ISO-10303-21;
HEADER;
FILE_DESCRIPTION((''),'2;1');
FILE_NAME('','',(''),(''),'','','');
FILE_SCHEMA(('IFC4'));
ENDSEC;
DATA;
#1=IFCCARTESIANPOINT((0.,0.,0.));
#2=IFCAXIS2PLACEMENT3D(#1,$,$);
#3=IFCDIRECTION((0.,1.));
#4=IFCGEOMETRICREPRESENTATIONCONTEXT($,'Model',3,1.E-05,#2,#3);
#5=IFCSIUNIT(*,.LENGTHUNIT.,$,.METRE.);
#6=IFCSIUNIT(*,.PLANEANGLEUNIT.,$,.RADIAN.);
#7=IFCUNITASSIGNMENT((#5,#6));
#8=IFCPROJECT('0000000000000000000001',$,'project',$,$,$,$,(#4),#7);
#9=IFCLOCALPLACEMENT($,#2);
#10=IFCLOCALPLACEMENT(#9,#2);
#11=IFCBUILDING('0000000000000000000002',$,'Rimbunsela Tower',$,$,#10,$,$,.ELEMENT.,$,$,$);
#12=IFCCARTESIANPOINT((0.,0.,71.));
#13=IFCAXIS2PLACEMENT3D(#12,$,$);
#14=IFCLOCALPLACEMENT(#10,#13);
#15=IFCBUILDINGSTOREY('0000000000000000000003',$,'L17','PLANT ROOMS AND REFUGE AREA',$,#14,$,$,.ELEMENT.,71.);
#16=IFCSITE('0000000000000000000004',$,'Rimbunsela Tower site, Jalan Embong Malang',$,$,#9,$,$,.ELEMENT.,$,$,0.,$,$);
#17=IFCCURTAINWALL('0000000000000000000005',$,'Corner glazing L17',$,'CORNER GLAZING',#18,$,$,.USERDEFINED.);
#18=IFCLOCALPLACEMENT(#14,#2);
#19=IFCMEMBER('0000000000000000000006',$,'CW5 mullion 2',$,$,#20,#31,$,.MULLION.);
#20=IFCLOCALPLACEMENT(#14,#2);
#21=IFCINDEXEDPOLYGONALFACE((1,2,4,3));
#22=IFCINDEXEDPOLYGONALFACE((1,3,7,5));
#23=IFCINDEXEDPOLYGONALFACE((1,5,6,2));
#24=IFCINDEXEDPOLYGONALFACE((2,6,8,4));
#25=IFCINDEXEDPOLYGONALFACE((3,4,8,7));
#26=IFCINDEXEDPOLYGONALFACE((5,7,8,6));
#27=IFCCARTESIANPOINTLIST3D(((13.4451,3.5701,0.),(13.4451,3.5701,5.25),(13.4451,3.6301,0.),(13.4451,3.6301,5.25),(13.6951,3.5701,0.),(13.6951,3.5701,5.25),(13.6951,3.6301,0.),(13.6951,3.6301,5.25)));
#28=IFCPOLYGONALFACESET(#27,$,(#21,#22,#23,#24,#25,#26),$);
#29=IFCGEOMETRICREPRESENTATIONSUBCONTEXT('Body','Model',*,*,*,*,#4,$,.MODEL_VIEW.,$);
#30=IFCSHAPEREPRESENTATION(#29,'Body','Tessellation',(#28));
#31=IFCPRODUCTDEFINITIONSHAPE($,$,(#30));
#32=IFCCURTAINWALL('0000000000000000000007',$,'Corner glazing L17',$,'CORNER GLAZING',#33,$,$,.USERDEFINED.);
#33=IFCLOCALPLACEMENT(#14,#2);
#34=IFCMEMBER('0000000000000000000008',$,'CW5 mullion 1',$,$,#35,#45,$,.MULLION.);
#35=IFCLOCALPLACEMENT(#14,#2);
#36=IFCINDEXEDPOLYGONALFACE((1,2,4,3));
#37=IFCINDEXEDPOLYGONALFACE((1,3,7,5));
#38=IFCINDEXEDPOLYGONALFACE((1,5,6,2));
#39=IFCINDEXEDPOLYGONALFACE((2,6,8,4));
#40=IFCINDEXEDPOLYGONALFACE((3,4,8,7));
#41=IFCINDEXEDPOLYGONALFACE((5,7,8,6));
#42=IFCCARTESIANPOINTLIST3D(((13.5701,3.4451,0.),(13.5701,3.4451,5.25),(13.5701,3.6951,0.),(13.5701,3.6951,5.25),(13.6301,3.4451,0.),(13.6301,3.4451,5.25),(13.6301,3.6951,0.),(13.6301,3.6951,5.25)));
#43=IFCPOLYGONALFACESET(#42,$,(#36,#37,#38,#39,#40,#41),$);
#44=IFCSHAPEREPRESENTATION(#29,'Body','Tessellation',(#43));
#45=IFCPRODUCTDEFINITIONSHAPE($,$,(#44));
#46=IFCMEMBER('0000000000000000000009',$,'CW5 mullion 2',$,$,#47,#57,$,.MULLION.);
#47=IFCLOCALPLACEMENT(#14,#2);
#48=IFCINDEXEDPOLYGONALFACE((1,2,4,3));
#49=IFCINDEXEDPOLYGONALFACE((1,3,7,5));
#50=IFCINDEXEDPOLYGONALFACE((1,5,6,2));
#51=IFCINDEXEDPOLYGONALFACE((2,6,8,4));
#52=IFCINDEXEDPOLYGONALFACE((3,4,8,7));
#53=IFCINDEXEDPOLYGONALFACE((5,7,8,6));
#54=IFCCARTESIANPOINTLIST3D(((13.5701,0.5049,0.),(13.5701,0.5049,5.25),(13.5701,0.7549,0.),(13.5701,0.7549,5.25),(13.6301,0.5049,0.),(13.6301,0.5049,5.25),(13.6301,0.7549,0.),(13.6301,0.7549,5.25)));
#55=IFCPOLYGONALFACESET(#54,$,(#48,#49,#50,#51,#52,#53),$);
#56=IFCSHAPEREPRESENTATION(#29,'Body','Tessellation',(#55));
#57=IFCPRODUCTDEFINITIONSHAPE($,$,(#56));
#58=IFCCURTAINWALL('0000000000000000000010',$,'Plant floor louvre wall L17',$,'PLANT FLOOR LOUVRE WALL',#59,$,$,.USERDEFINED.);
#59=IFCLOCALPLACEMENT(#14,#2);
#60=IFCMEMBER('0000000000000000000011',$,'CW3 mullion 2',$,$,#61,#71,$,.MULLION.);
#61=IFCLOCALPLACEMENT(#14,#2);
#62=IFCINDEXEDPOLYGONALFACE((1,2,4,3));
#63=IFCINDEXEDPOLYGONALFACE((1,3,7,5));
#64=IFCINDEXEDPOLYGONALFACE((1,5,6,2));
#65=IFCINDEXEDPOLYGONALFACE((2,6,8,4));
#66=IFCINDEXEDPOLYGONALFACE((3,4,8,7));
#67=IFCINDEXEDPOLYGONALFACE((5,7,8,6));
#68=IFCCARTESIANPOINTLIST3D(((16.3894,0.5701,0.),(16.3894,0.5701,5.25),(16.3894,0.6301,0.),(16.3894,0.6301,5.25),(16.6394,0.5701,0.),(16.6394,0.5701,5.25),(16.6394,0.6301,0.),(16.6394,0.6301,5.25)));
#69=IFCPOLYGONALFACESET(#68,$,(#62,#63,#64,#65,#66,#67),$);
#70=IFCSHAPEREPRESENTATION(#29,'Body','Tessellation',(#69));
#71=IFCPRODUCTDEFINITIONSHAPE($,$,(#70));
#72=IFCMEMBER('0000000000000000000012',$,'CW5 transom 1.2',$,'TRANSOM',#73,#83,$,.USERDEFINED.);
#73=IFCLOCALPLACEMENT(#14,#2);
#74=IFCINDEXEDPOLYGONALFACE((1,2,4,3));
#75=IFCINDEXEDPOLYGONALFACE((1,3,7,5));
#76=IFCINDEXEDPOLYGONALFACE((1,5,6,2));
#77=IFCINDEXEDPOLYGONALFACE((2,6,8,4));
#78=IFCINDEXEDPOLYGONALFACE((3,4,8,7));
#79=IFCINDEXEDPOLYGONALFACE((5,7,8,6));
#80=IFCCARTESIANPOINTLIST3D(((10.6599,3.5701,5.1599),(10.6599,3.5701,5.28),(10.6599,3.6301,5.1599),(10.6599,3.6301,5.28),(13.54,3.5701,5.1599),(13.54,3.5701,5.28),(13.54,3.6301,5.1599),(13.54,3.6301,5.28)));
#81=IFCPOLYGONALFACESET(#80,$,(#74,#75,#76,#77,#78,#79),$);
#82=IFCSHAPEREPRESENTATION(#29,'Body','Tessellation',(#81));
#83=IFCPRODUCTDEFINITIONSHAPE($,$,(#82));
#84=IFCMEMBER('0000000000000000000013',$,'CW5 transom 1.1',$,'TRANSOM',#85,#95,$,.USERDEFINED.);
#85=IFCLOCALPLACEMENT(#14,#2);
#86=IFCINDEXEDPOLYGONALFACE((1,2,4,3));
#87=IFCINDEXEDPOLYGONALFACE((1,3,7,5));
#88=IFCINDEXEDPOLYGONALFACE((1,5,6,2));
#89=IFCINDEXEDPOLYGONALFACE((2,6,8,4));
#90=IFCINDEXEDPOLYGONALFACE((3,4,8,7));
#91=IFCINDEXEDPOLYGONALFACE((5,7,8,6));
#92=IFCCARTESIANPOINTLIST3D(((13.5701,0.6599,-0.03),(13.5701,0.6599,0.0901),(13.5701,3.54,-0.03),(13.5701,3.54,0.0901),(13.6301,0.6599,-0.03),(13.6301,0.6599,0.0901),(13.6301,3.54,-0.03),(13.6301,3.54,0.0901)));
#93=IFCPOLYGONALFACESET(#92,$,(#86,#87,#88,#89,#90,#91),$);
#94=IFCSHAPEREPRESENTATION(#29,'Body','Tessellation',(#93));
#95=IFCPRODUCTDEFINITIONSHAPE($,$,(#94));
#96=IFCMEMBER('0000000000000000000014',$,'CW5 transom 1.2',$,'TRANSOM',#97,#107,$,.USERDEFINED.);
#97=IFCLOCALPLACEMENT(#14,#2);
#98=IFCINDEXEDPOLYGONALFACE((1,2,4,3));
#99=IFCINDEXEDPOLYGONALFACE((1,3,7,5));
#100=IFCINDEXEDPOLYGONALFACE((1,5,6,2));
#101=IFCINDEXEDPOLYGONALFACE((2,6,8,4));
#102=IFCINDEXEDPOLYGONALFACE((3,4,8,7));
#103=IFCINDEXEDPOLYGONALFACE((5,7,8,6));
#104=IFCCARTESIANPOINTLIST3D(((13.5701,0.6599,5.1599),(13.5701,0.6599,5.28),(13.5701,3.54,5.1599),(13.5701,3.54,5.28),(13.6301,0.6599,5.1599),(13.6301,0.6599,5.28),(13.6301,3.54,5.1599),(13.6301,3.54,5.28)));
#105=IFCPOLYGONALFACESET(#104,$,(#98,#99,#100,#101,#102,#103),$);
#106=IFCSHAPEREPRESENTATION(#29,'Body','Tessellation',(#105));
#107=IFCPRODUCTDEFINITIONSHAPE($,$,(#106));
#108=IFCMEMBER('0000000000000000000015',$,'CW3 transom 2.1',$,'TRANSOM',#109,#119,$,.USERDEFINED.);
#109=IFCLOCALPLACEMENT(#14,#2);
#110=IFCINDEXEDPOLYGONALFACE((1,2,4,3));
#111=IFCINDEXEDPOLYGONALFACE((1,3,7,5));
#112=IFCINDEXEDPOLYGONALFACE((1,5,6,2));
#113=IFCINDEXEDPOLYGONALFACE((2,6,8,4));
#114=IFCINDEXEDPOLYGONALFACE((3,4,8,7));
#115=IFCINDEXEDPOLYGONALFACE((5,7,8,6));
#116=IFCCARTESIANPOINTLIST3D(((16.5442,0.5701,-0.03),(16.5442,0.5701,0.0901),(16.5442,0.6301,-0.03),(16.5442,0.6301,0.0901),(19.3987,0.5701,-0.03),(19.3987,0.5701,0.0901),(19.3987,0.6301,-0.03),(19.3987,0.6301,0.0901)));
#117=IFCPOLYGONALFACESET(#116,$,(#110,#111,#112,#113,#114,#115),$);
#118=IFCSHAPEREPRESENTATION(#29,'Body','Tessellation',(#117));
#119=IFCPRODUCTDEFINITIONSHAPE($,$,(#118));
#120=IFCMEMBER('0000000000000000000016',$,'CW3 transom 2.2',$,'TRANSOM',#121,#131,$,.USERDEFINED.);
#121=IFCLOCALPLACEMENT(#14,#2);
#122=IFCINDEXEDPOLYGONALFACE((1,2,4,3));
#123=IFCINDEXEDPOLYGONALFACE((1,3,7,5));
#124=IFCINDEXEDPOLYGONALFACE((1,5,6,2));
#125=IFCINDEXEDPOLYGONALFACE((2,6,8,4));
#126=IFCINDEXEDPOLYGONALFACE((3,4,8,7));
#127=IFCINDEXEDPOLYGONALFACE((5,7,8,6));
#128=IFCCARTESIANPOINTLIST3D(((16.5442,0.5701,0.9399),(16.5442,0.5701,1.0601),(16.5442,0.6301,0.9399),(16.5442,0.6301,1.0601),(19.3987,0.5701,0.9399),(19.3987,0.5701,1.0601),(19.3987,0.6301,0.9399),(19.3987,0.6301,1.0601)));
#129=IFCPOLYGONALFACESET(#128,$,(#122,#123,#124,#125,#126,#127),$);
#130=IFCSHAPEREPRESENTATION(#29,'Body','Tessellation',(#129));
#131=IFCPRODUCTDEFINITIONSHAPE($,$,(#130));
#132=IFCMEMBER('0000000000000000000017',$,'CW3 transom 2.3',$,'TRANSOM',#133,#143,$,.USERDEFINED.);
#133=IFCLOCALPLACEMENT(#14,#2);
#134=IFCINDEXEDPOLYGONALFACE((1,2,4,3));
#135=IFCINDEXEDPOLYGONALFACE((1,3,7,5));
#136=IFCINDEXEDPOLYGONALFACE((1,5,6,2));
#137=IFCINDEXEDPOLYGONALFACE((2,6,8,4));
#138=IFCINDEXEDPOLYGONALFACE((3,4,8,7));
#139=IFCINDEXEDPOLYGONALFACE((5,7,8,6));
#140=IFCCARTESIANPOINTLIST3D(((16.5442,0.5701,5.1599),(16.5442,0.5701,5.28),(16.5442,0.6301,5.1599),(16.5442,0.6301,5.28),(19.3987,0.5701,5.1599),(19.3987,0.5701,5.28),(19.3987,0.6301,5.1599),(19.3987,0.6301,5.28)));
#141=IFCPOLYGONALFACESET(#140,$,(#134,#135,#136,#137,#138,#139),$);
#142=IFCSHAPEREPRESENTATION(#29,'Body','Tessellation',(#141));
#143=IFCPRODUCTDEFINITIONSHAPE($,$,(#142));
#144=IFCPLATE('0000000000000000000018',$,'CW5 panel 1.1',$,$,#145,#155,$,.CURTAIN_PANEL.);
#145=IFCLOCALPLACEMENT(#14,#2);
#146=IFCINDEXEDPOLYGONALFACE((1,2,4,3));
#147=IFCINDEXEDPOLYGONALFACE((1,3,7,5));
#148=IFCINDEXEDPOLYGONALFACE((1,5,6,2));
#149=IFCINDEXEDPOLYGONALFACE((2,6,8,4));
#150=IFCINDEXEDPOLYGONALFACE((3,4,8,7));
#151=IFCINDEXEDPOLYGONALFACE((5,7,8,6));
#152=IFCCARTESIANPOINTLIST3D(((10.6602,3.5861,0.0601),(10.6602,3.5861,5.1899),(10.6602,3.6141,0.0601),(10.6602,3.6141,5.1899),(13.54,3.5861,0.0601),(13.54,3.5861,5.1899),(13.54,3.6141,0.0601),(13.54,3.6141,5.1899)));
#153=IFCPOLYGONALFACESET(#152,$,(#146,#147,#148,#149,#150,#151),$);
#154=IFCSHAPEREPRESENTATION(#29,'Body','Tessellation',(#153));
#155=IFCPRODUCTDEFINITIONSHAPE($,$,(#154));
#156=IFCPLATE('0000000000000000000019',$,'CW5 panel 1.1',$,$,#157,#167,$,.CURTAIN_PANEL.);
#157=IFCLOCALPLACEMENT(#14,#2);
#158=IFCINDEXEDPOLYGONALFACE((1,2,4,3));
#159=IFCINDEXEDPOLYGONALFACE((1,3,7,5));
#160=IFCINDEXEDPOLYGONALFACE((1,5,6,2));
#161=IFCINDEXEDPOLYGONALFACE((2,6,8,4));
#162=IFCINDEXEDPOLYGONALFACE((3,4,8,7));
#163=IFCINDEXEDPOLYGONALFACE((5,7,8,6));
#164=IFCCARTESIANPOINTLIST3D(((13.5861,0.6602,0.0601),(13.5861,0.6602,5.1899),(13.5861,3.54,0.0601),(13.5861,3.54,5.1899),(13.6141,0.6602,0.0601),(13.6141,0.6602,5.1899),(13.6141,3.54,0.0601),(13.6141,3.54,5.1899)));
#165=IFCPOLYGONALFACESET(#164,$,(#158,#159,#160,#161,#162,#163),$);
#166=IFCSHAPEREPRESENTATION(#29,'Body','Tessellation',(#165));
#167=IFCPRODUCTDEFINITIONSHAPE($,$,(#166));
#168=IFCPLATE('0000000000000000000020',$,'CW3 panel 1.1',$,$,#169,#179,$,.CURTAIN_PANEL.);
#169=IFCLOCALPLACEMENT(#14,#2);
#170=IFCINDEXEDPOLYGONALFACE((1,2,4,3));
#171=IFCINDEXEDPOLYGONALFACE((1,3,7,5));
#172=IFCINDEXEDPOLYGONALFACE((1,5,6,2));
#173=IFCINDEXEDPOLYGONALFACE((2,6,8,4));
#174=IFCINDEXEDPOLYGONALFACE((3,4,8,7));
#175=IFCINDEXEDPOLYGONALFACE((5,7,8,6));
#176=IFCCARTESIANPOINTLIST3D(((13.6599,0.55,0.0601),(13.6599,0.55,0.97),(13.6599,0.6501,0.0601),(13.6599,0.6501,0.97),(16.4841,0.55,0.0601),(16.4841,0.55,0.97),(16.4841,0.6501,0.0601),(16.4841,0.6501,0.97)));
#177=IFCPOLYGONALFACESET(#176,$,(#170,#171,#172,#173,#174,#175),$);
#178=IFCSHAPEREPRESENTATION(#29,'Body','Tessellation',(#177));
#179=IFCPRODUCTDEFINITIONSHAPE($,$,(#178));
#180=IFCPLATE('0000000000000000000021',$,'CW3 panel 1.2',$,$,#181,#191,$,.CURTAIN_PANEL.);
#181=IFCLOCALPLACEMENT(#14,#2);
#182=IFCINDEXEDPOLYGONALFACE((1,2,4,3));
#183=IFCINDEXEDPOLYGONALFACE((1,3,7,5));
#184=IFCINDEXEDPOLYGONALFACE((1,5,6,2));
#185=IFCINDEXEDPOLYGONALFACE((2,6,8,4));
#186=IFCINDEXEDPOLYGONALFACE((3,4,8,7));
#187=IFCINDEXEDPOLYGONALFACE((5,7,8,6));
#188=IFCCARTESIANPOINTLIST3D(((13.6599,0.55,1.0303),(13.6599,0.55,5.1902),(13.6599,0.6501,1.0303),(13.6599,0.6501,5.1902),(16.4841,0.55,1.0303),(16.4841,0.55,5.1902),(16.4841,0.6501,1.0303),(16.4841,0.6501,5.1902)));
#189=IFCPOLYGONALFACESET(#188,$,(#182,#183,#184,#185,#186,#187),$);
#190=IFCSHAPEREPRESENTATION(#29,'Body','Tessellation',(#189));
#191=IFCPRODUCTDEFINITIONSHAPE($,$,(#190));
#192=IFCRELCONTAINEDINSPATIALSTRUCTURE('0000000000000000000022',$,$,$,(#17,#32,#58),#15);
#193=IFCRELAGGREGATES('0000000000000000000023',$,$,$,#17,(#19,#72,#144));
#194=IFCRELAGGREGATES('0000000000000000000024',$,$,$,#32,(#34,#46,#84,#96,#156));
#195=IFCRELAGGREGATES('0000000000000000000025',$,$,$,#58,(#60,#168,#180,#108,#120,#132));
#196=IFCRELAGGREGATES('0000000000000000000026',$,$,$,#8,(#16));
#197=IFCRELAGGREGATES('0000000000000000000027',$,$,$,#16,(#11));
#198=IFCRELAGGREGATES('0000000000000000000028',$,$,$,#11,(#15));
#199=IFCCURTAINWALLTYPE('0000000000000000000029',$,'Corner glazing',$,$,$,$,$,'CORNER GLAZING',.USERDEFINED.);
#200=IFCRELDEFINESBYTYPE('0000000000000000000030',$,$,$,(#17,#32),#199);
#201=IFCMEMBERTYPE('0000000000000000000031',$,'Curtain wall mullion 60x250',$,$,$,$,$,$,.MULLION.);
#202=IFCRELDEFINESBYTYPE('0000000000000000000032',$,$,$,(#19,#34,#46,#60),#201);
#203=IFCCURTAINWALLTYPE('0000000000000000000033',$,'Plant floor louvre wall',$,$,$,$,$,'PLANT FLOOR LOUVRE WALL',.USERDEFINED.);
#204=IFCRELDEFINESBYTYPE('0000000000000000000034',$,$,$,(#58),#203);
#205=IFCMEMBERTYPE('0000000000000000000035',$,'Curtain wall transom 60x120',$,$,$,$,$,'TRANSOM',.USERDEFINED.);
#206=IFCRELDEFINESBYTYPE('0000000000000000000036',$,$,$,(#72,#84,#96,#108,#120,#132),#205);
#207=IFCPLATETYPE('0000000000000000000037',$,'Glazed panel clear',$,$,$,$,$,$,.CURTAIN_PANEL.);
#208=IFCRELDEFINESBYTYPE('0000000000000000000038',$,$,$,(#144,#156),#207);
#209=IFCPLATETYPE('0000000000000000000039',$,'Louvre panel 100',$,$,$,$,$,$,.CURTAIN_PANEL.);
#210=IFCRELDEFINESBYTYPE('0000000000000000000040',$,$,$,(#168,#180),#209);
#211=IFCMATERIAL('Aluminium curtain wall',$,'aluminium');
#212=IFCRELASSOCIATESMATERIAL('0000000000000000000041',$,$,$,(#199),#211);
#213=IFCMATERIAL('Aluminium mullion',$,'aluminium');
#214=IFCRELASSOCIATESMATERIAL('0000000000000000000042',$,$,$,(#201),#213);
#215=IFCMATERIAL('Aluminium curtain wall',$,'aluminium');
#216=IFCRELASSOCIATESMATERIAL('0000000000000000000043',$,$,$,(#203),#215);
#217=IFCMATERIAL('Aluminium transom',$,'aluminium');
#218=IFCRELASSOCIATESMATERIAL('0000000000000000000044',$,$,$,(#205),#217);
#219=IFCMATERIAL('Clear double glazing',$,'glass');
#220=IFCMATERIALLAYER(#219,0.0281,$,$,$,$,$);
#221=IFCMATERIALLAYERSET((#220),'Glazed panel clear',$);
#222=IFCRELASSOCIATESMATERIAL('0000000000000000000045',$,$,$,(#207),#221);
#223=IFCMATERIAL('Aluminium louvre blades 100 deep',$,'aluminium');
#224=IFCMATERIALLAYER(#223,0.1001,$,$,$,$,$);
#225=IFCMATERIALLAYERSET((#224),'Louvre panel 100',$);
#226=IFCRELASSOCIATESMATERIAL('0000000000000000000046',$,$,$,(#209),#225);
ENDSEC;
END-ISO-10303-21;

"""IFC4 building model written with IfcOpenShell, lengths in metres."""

from ifc_helpers import new_model, si_unit, direction, frame, origin, origin_2d, place, context, subcontext, project, spatial, rectangle, extrude, material, layer, layer_set, material_profile, profile_set, type_object, element, aggregate, save


model = new_model("IFC4")

# Units and contexts
model_context = context("Model", 3, precision=1e-05, world=origin(), true_north=direction((0.0, 1.0)))
body_context = subcontext(model_context, "Body", "Model", "MODEL_VIEW")
ifc_project = project(units=[si_unit("LENGTHUNIT", "METRE"), si_unit("PLANEANGLEUNIT", "RADIAN")], contexts=[model_context])

# Site, building, storey
site_placement = place(None, origin())
site = spatial("IfcSite", under=ifc_project, at=site_placement, Name="Rimbunsela Tower site, Jalan Embong Malang", CompositionType="ELEMENT", RefElevation=0.0)
building_placement = place(site_placement, origin())
building = spatial("IfcBuilding", under=site, at=building_placement, Name="Rimbunsela Tower", CompositionType="ELEMENT")
storey_placement = place(building_placement, frame((0.0, 0.0, 71.0)))
storey = spatial("IfcBuildingStorey", under=building, at=storey_placement, Name="L17", Description="PLANT ROOMS AND REFUGE AREA", CompositionType="ELEMENT", Elevation=71.0)

# Curtain wall, member
ifc_material_1 = material(Name="Aluminium curtain wall", Category="aluminium")
curtain_wall_type_1 = type_object("IfcCurtainWallType", Name="Corner glazing", ElementType="CORNER GLAZING", PredefinedType="USERDEFINED", material=ifc_material_1)
curtain_wall_1_placement = place(storey_placement, origin())
curtain_wall_1 = element("IfcCurtainWall", 1, at=curtain_wall_1_placement, inside=storey, type_object=curtain_wall_type_1, Name="Corner glazing L17", ObjectType="CORNER GLAZING", PredefinedType="USERDEFINED")
ifc_material_2 = material(Name="Aluminium mullion", Category="aluminium")
ifc_material_profile_1 = material_profile(ifc_material_2, rectangle(XDim=0.0601, YDim=0.25, at=origin_2d()), Name="Mullion 60x250")
ifc_profile_set_1 = profile_set([ifc_material_profile_1], Name="Aluminium mullion")
member_type_1 = type_object("IfcMemberType", Name="Curtain wall mullion 60x250", PredefinedType="MULLION", material=ifc_profile_set_1)
member_1_placement = place(storey_placement, frame((13.5701, 3.6001, 0.0), z_axis=(0.0, 0.0, 1.0), x_axis=(0.0, 1.0, 0.0)))
member_1 = element("IfcMember", 2, at=member_1_placement, type_object=member_type_1, Name="CW5 mullion 2", PredefinedType="MULLION", context=body_context, shape_type="SweptSolid", body=[
    extrude(rectangle(XDim=0.0601, YDim=0.25, at=origin_2d()), origin(), (0.0, 0.0, 1.0), 5.25),
])

# Curtain wall, members
curtain_wall_2_placement = place(storey_placement, origin())
curtain_wall_2 = element("IfcCurtainWall", 3, at=curtain_wall_2_placement, inside=storey, type_object=curtain_wall_type_1, Name="Corner glazing L17", ObjectType="CORNER GLAZING", PredefinedType="USERDEFINED")
member_2_placement = place(storey_placement, frame((13.6001, 3.5701, 0.0), z_axis=(0.0, 0.0, 1.0), x_axis=(1.0, 0.0, 0.0)))
member_2 = element("IfcMember", 4, at=member_2_placement, type_object=member_type_1, Name="CW5 mullion 1", PredefinedType="MULLION", context=body_context, shape_type="SweptSolid", body=[
    extrude(rectangle(XDim=0.0601, YDim=0.25, at=origin_2d()), origin(), (0.0, 0.0, 1.0), 5.25),
])
member_3_placement = place(storey_placement, frame((13.6001, 0.6299, 0.0), z_axis=(0.0, 0.0, 1.0), x_axis=(1.0, 0.0, 0.0)))
member_3 = element("IfcMember", 5, at=member_3_placement, type_object=member_type_1, Name="CW5 mullion 2", PredefinedType="MULLION", context=body_context, shape_type="SweptSolid", body=[
    extrude(rectangle(XDim=0.0601, YDim=0.25, at=origin_2d()), origin(), (0.0, 0.0, 1.0), 5.25),
])

# Curtain wall, member
ifc_material_3 = material(Name="Aluminium curtain wall", Category="aluminium")
curtain_wall_type_2 = type_object("IfcCurtainWallType", Name="Plant floor louvre wall", ElementType="PLANT FLOOR LOUVRE WALL", PredefinedType="USERDEFINED", material=ifc_material_3)
curtain_wall_3_placement = place(storey_placement, origin())
curtain_wall_3 = element("IfcCurtainWall", 6, at=curtain_wall_3_placement, inside=storey, type_object=curtain_wall_type_2, Name="Plant floor louvre wall L17", ObjectType="PLANT FLOOR LOUVRE WALL", PredefinedType="USERDEFINED")
member_4_placement = place(storey_placement, frame((16.5144, 0.6001, 0.0), z_axis=(0.0, 0.0, 1.0), x_axis=(0.0, 1.0, 0.0)))
member_4 = element("IfcMember", 7, at=member_4_placement, type_object=member_type_1, Name="CW3 mullion 2", PredefinedType="MULLION", context=body_context, shape_type="SweptSolid", body=[
    extrude(rectangle(XDim=0.0601, YDim=0.25, at=origin_2d()), origin(), (0.0, 0.0, 1.0), 5.25),
])

# Members
ifc_material_4 = material(Name="Aluminium transom", Category="aluminium")
ifc_material_profile_2 = material_profile(ifc_material_4, rectangle(XDim=0.0601, YDim=0.1201, at=origin_2d()), Name="Transom 60x120")
ifc_profile_set_2 = profile_set([ifc_material_profile_2], Name="Aluminium transom")
member_type_2 = type_object("IfcMemberType", Name="Curtain wall transom 60x120", ElementType="TRANSOM", PredefinedType="USERDEFINED", material=ifc_profile_set_2)
member_5_placement = place(storey_placement, frame((10.6599, 3.6001, 5.22), z_axis=(1.0, 0.0, 0.0), x_axis=(0.0, 1.0, 0.0)))
member_5 = element("IfcMember", 8, at=member_5_placement, type_object=member_type_2, Name="CW5 transom 1.2", ObjectType="TRANSOM", PredefinedType="USERDEFINED", context=body_context, shape_type="SweptSolid", body=[
    extrude(rectangle(XDim=0.0601, YDim=0.1201, at=origin_2d()), origin(), (0.0, 0.0, 1.0), 2.8801),
])
member_6_placement = place(storey_placement, frame((13.6001, 3.54, 0.03), z_axis=(0.0, -1.0, 0.0), x_axis=(1.0, 0.0, 0.0)))
member_6 = element("IfcMember", 9, at=member_6_placement, type_object=member_type_2, Name="CW5 transom 1.1", ObjectType="TRANSOM", PredefinedType="USERDEFINED", context=body_context, shape_type="SweptSolid", body=[
    extrude(rectangle(XDim=0.0601, YDim=0.1201, at=origin_2d()), origin(), (0.0, 0.0, 1.0), 2.8801),
])
member_7_placement = place(storey_placement, frame((13.6001, 3.54, 5.22), z_axis=(0.0, -1.0, 0.0), x_axis=(1.0, 0.0, 0.0)))
member_7 = element("IfcMember", 10, at=member_7_placement, type_object=member_type_2, Name="CW5 transom 1.2", ObjectType="TRANSOM", PredefinedType="USERDEFINED", context=body_context, shape_type="SweptSolid", body=[
    extrude(rectangle(XDim=0.0601, YDim=0.1201, at=origin_2d()), origin(), (0.0, 0.0, 1.0), 2.8801),
])
member_8_placement = place(storey_placement, frame((16.5442, 0.6001, 0.03), z_axis=(1.0, 0.0, 0.0), x_axis=(0.0, 1.0, 0.0)))
member_8 = element("IfcMember", 11, at=member_8_placement, type_object=member_type_2, Name="CW3 transom 2.1", ObjectType="TRANSOM", PredefinedType="USERDEFINED", context=body_context, shape_type="SweptSolid", body=[
    extrude(rectangle(XDim=0.0601, YDim=0.1201, at=origin_2d()), origin(), (0.0, 0.0, 1.0), 2.8545),
])
member_9_placement = place(storey_placement, frame((16.5442, 0.6001, 1.0), z_axis=(1.0, 0.0, 0.0), x_axis=(0.0, 1.0, 0.0)))
member_9 = element("IfcMember", 12, at=member_9_placement, type_object=member_type_2, Name="CW3 transom 2.2", ObjectType="TRANSOM", PredefinedType="USERDEFINED", context=body_context, shape_type="SweptSolid", body=[
    extrude(rectangle(XDim=0.0601, YDim=0.1201, at=origin_2d()), origin(), (0.0, 0.0, 1.0), 2.8545),
])
member_10_placement = place(storey_placement, frame((16.5442, 0.6001, 5.22), z_axis=(1.0, 0.0, 0.0), x_axis=(0.0, 1.0, 0.0)))
member_10 = element("IfcMember", 13, at=member_10_placement, type_object=member_type_2, Name="CW3 transom 2.3", ObjectType="TRANSOM", PredefinedType="USERDEFINED", context=body_context, shape_type="SweptSolid", body=[
    extrude(rectangle(XDim=0.0601, YDim=0.1201, at=origin_2d()), origin(), (0.0, 0.0, 1.0), 2.8545),
])

# Plates
ifc_material_5 = material(Name="Clear double glazing", Category="glass")
ifc_layer_1 = layer(ifc_material_5, 0.0281)
ifc_layer_set_1 = layer_set([ifc_layer_1], Name="Glazed panel clear")
plate_type_1 = type_object("IfcPlateType", Name="Glazed panel clear", PredefinedType="CURTAIN_PANEL", material=ifc_layer_set_1)
plate_1_placement = place(storey_placement, frame((12.1001, 3.6001, 0.0601), z_axis=(0.0, 0.0, 1.0), x_axis=(1.0, 0.0, 0.0)))
plate_1 = element("IfcPlate", 14, at=plate_1_placement, type_object=plate_type_1, Name="CW5 panel 1.1", PredefinedType="CURTAIN_PANEL", context=body_context, shape_type="SweptSolid", body=[
    extrude(rectangle(XDim=2.8799, YDim=0.0281, at=origin_2d()), origin(), (0.0, 0.0, 1.0), 5.1299),
])
aggregate(curtain_wall_1, [member_1, member_5, plate_1])
plate_2_placement = place(storey_placement, frame((13.6001, 2.1001, 0.0601), z_axis=(0.0, 0.0, 1.0), x_axis=(0.0, -1.0, 0.0)))
plate_2 = element("IfcPlate", 15, at=plate_2_placement, type_object=plate_type_1, Name="CW5 panel 1.1", PredefinedType="CURTAIN_PANEL", context=body_context, shape_type="SweptSolid", body=[
    extrude(rectangle(XDim=2.8799, YDim=0.0281, at=origin_2d()), origin(), (0.0, 0.0, 1.0), 5.1299),
])
aggregate(curtain_wall_2, [member_2, member_3, member_6, member_7, plate_2])
ifc_material_6 = material(Name="Aluminium louvre blades 100 deep", Category="aluminium")
ifc_layer_2 = layer(ifc_material_6, 0.1001)
ifc_layer_set_2 = layer_set([ifc_layer_2], Name="Louvre panel 100")
plate_type_2 = type_object("IfcPlateType", Name="Louvre panel 100", PredefinedType="CURTAIN_PANEL", material=ifc_layer_set_2)
plate_3_placement = place(storey_placement, frame((15.072, 0.6001, 0.0601), z_axis=(0.0, 0.0, 1.0), x_axis=(1.0, 0.0, 0.0)))
plate_3 = element("IfcPlate", 16, at=plate_3_placement, type_object=plate_type_2, Name="CW3 panel 1.1", PredefinedType="CURTAIN_PANEL", context=body_context, shape_type="SweptSolid", body=[
    extrude(rectangle(XDim=2.8242, YDim=0.1001, at=origin_2d()), origin(), (0.0, 0.0, 1.0), 0.9099),
])
plate_4_placement = place(storey_placement, frame((15.072, 0.6001, 1.0303), z_axis=(0.0, 0.0, 1.0), x_axis=(1.0, 0.0, 0.0)))
plate_4 = element("IfcPlate", 17, at=plate_4_placement, type_object=plate_type_2, Name="CW3 panel 1.2", PredefinedType="CURTAIN_PANEL", context=body_context, shape_type="SweptSolid", body=[
    extrude(rectangle(XDim=2.8242, YDim=0.1001, at=origin_2d()), origin(), (0.0, 0.0, 1.0), 4.1599),
])
aggregate(curtain_wall_3, [member_4, plate_3, plate_4, member_8, member_9, member_10])

save(model, "model.ifc")
